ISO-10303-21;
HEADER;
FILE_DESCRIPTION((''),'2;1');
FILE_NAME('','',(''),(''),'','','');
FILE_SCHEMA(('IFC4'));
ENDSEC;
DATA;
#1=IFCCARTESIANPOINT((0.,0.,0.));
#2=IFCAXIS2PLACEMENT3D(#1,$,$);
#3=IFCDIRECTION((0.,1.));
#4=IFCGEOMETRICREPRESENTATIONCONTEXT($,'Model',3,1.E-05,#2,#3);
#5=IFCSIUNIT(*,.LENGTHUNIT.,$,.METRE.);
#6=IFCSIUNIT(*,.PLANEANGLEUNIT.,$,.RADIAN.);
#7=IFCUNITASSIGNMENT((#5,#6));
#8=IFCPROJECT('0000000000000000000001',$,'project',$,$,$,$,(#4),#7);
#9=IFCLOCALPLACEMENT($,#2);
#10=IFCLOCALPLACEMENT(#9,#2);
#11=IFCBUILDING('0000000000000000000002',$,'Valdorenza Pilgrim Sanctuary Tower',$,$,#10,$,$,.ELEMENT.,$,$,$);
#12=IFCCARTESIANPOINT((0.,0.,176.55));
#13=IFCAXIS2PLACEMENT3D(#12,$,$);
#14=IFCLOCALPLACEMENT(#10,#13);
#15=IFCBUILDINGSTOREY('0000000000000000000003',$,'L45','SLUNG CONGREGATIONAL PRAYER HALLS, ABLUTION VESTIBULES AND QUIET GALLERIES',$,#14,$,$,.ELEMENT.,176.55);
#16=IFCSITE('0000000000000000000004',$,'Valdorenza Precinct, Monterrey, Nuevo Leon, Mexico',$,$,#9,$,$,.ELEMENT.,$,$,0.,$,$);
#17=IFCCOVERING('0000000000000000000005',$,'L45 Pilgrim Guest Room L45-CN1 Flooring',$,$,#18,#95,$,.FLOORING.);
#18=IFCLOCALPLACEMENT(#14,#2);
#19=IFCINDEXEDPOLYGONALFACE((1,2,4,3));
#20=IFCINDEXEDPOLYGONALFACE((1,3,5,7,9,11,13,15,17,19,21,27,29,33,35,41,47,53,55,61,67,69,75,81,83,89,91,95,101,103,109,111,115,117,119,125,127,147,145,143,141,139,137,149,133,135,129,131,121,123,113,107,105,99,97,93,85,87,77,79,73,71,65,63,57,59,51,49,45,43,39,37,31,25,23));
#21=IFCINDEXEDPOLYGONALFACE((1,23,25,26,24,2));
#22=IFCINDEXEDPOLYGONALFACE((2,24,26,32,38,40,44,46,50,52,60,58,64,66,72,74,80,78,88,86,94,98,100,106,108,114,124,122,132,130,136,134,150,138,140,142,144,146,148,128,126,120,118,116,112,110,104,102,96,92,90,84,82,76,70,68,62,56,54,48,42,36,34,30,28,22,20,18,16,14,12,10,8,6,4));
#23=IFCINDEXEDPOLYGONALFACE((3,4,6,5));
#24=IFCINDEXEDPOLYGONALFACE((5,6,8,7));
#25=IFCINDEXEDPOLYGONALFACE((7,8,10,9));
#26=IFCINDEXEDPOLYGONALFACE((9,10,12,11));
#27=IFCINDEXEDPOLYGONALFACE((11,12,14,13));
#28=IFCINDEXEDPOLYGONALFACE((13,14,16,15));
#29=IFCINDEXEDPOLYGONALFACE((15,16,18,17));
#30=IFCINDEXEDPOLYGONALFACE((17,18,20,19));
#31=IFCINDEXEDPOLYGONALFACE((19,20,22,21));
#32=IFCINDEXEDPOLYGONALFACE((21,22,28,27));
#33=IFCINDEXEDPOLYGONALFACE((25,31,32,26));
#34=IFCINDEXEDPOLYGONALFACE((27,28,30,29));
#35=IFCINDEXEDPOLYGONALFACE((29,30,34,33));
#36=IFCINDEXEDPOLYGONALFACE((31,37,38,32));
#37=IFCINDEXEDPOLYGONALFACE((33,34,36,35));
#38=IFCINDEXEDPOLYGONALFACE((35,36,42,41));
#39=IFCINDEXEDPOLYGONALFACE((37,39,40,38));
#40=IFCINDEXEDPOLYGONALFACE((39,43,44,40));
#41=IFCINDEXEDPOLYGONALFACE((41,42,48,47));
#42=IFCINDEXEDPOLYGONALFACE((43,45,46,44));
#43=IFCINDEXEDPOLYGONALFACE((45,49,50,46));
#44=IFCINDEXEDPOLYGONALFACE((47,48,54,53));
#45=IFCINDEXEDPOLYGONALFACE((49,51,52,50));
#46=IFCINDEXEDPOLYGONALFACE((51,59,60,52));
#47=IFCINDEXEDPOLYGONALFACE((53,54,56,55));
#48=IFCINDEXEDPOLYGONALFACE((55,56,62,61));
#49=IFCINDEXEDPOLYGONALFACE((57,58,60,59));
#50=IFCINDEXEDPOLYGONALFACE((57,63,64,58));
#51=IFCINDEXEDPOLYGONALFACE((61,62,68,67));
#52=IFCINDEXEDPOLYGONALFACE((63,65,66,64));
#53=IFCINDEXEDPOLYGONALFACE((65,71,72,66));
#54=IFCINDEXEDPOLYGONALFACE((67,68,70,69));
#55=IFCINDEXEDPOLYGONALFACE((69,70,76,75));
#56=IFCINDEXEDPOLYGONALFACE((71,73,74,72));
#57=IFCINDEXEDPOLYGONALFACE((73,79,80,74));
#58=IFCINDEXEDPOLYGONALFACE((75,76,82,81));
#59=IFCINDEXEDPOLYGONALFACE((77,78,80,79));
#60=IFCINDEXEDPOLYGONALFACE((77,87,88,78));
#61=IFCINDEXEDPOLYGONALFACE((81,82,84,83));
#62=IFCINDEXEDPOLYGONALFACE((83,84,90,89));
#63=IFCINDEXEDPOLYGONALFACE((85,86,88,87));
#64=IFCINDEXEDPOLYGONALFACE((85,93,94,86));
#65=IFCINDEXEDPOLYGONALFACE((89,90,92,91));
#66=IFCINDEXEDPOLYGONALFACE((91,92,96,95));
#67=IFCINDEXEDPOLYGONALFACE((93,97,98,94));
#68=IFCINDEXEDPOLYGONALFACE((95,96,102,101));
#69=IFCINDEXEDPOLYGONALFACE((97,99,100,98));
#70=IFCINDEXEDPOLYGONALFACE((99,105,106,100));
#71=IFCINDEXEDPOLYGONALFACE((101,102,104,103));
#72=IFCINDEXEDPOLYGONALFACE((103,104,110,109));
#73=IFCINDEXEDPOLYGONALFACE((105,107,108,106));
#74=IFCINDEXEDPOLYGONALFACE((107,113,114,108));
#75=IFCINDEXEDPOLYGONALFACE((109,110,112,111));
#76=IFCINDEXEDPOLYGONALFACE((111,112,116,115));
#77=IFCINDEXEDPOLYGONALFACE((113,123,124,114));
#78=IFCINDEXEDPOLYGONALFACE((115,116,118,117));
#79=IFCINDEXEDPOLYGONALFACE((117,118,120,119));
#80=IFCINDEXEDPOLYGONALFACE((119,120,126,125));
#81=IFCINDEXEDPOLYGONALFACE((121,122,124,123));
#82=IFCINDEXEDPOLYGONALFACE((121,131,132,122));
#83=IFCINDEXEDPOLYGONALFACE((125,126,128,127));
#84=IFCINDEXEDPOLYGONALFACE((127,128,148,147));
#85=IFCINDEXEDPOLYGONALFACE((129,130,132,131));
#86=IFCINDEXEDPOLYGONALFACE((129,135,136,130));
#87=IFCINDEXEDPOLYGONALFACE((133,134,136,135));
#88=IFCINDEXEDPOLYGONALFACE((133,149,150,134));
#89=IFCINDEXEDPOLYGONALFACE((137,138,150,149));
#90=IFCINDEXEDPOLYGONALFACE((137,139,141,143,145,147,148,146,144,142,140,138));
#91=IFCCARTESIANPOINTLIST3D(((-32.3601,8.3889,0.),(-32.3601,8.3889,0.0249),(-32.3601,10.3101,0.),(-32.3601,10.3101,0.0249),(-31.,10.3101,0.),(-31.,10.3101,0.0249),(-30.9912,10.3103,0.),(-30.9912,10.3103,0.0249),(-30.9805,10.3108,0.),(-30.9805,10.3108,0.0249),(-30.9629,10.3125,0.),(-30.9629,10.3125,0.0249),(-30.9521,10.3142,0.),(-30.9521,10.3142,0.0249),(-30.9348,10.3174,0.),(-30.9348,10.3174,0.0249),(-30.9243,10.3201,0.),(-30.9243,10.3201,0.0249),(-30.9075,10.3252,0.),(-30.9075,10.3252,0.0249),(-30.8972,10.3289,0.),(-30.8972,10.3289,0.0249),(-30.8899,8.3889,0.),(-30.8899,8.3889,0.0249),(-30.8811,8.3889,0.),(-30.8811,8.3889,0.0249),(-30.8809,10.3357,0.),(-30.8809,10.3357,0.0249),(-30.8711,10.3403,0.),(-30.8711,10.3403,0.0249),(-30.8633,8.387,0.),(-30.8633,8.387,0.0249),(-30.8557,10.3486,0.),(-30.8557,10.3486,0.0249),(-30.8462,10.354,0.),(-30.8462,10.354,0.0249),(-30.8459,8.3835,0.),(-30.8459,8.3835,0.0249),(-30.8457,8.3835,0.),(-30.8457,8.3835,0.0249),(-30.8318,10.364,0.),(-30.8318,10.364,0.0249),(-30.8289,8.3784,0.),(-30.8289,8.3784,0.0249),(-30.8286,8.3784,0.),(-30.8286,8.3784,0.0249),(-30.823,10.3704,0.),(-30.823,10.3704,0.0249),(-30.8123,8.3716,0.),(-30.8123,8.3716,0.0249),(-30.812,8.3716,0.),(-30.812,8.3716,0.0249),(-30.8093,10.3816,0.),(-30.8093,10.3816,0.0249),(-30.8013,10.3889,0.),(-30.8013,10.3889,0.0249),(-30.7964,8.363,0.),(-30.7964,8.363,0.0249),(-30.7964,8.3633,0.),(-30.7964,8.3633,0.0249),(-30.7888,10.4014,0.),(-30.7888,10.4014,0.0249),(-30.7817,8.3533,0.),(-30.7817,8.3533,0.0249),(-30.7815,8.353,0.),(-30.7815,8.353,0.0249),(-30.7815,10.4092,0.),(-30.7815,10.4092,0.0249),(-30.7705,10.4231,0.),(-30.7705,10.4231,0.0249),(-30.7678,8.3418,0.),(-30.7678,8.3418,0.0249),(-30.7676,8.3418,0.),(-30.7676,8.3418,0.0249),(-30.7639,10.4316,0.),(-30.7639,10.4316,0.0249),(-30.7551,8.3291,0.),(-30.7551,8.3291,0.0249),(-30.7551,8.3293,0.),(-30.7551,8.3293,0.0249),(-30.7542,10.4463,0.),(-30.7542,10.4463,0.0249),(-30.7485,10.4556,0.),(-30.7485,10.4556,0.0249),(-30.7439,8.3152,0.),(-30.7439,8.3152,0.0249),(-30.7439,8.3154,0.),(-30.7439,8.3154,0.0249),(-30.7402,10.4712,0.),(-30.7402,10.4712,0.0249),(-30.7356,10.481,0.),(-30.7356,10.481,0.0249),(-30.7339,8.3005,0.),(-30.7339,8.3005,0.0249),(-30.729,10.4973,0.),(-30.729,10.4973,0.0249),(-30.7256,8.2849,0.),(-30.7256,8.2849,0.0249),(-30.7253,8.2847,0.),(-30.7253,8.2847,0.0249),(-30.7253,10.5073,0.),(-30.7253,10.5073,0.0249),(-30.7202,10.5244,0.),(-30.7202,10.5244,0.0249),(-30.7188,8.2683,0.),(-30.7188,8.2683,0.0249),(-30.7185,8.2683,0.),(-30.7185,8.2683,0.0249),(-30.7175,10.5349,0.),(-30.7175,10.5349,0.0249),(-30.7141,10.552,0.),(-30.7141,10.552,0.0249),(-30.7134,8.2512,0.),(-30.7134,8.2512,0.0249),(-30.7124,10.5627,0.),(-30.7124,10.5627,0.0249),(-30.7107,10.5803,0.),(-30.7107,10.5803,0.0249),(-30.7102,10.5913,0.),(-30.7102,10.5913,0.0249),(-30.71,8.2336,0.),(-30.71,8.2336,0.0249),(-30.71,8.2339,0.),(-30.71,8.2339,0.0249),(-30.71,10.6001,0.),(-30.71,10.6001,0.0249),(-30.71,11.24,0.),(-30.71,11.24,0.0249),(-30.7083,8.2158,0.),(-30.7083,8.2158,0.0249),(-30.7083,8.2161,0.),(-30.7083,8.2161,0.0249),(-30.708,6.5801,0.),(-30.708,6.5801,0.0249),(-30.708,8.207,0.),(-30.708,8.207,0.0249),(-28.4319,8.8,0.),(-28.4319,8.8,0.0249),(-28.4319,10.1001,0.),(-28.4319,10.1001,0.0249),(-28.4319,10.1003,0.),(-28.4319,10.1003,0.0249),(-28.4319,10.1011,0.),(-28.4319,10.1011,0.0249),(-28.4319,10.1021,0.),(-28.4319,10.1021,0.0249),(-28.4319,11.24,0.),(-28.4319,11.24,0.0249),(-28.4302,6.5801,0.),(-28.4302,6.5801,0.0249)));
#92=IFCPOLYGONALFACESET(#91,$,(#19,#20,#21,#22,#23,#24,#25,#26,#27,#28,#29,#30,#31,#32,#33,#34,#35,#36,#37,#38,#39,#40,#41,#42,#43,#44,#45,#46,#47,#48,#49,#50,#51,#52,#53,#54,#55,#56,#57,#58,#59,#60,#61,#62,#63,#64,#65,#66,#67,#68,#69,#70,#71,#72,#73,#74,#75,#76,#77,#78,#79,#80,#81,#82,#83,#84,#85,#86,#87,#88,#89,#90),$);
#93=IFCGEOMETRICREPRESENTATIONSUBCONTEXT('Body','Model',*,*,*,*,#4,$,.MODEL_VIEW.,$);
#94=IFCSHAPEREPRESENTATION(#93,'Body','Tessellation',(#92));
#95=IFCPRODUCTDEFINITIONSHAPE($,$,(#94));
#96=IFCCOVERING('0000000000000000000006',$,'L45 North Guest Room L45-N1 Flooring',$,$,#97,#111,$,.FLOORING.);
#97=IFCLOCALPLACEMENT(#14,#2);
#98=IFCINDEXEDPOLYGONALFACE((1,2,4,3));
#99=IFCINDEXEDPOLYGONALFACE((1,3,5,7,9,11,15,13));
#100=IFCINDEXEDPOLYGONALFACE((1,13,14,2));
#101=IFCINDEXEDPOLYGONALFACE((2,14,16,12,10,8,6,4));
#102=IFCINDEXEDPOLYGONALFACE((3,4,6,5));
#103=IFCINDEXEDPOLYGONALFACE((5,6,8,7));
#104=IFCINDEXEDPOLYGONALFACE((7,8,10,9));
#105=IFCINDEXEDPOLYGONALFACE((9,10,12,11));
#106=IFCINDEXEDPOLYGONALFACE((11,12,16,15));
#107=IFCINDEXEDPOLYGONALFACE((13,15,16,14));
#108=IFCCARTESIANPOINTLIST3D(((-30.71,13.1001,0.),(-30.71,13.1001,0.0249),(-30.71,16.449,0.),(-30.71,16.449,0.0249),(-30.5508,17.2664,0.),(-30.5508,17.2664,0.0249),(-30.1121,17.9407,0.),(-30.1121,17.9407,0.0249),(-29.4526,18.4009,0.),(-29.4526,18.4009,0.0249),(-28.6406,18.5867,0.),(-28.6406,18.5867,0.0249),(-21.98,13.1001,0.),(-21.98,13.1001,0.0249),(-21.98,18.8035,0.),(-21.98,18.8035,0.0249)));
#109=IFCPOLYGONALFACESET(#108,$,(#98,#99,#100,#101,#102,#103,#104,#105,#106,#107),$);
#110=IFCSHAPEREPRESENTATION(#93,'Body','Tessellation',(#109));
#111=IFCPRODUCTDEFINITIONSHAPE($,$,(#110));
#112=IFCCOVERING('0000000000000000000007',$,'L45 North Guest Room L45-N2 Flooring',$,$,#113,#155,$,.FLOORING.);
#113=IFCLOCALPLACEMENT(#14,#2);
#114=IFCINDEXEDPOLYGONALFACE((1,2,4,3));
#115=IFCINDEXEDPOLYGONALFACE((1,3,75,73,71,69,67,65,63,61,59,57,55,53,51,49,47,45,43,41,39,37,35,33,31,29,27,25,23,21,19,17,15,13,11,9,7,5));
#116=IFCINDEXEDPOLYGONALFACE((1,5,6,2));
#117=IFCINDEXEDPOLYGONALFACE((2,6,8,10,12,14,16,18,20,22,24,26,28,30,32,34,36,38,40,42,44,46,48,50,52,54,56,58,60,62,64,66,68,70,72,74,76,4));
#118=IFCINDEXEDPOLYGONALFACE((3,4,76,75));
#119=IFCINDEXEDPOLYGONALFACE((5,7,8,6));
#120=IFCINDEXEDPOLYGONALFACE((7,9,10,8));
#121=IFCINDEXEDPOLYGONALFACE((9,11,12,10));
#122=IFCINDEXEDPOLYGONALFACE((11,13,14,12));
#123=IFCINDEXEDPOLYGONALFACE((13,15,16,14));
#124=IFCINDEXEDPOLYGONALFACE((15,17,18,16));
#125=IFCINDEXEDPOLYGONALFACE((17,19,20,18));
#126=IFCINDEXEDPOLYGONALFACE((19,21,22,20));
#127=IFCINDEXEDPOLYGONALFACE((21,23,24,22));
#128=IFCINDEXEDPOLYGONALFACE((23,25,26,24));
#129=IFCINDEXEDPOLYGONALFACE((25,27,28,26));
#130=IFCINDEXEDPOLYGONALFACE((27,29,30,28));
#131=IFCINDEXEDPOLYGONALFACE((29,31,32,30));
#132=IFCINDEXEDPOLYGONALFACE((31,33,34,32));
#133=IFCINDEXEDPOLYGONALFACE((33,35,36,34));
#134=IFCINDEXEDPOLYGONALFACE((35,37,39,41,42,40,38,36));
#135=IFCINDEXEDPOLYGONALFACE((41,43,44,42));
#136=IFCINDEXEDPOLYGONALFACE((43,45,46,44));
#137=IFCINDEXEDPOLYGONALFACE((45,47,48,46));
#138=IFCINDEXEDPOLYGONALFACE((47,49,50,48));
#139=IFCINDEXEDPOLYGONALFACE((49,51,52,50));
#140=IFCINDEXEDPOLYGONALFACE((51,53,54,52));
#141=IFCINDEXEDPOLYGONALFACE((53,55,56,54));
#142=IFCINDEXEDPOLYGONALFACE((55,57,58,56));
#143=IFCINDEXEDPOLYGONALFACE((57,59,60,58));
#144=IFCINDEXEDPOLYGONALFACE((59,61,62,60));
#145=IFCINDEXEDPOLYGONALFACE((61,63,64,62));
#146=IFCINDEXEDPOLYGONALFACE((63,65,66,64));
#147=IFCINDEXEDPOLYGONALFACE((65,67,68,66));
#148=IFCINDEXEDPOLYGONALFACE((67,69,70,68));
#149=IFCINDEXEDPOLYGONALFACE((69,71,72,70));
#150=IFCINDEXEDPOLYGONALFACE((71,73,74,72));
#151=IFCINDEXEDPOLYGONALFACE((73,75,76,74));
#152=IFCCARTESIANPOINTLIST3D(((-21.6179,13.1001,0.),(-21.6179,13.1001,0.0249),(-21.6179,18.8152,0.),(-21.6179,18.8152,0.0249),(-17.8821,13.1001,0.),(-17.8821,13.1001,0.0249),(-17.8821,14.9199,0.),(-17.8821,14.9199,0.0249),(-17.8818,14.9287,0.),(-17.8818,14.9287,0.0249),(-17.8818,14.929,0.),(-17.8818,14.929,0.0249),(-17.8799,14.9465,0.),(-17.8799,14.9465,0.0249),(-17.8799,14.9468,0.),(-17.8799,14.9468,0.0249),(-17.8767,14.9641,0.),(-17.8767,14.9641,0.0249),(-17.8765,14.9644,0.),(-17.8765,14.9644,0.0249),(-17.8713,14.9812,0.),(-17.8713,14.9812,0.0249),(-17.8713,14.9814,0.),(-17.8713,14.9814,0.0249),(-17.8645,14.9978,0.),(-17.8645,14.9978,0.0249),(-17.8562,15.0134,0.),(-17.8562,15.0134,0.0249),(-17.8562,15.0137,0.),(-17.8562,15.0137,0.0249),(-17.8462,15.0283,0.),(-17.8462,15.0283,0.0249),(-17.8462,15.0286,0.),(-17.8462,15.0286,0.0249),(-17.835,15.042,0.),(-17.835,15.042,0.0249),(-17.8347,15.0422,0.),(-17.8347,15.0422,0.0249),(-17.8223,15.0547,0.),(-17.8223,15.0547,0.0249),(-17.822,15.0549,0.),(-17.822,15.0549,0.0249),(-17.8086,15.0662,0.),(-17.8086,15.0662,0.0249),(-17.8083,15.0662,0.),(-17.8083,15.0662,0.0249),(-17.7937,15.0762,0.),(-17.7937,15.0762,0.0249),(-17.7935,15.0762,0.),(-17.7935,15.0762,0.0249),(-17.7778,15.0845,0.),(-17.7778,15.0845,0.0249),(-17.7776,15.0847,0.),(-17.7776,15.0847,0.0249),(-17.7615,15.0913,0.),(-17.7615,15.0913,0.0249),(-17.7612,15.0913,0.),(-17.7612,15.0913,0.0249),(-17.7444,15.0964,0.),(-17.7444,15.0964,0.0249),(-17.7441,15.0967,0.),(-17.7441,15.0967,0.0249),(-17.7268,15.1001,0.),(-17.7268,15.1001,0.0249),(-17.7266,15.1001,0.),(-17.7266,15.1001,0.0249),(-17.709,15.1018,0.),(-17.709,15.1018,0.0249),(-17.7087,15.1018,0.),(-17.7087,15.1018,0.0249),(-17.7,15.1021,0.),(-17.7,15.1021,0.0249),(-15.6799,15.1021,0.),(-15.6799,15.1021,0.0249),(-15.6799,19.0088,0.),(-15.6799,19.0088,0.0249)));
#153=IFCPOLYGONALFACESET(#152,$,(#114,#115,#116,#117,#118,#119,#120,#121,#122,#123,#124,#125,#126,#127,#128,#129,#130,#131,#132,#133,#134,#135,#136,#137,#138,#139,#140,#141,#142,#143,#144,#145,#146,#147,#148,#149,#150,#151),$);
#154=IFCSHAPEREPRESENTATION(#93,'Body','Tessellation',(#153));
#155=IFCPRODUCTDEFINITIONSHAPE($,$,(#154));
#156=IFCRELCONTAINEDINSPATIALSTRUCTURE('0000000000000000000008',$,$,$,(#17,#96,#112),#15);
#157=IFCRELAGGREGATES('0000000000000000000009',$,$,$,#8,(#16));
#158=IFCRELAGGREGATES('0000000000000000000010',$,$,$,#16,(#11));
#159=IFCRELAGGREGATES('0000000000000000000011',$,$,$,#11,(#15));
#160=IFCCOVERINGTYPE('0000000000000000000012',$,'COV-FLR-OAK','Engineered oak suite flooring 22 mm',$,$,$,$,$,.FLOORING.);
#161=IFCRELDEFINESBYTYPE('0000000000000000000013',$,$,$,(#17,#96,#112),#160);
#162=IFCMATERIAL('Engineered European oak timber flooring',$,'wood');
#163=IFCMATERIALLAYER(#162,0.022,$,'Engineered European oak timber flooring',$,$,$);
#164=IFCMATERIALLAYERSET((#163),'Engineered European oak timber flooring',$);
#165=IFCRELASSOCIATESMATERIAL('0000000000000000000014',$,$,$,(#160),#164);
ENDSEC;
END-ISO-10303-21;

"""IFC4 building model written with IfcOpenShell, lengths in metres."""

from ifc_helpers import new_model, si_unit, direction, frame, origin, place, context, subcontext, project, spatial, polyline, outline, extrude, material, layer, layer_set, type_object, element, save


model = new_model("IFC4")

# Units and contexts
model_context = context("Model", 3, precision=1e-05, world=origin(), true_north=direction((0.0, 1.0)))
body_context = subcontext(model_context, "Body", "Model", "MODEL_VIEW")
ifc_project = project(units=[si_unit("LENGTHUNIT", "METRE"), si_unit("PLANEANGLEUNIT", "RADIAN")], contexts=[model_context])

# Site, building, storey
site_placement = place(None, origin())
site = spatial("IfcSite", under=ifc_project, at=site_placement, Name="Valdorenza Precinct, Monterrey, Nuevo Leon, Mexico", CompositionType="ELEMENT", RefElevation=0.0)
building_placement = place(site_placement, origin())
building = spatial("IfcBuilding", under=site, at=building_placement, Name="Valdorenza Pilgrim Sanctuary Tower", CompositionType="ELEMENT")
storey_placement = place(building_placement, frame((0.0, 0.0, 176.55)))
storey = spatial("IfcBuildingStorey", under=building, at=storey_placement, Name="L45", Description="SLUNG CONGREGATIONAL PRAYER HALLS, ABLUTION VESTIBULES AND QUIET GALLERIES", CompositionType="ELEMENT", Elevation=176.55)

# Coverings
ifc_material_1 = material(Name="Engineered European oak timber flooring", Category="wood")
ifc_layer_1 = layer(ifc_material_1, 0.022, Name="Engineered European oak timber flooring")
ifc_layer_set_1 = layer_set([ifc_layer_1], Name="Engineered European oak timber flooring")
covering_type_1 = type_object("IfcCoveringType", Name="COV-FLR-OAK", Description="Engineered oak suite flooring 22 mm", PredefinedType="FLOORING", material=ifc_layer_set_1)
covering_1_placement = place(storey_placement, origin())
element("IfcCovering", 1, at=covering_1_placement, inside=storey, type_object=covering_type_1, Name="L45 Pilgrim Guest Room L45-CN1 Flooring", PredefinedType="FLOORING", context=body_context, shape_type="SweptSolid", body=[
    extrude(outline(polyline([(-28.4319, 11.24), (-28.4319, 10.1021), (-28.4319, 10.1011), (-28.4319, 10.1003), (-28.4319, 10.1001), (-28.4319, 8.8), (-28.4302, 6.5801), (-30.708, 6.5801), (-30.708, 8.207), (-30.7083, 8.2158), (-30.7083, 8.2161), (-30.71, 8.2336), (-30.71, 8.2339), (-30.7134, 8.2512), (-30.7134, 8.2512), (-30.7185, 8.2683), (-30.7188, 8.2683), (-30.7253, 8.2847), (-30.7256, 8.2849), (-30.7339, 8.3005), (-30.7339, 8.3005), (-30.7439, 8.3152), (-30.7439, 8.3154), (-30.7551, 8.3291), (-30.7551, 8.3293), (-30.7676, 8.3418), (-30.7678, 8.3418), (-30.7815, 8.353), (-30.7817, 8.3533), (-30.7964, 8.363), (-30.7964, 8.3633), (-30.812, 8.3716), (-30.8123, 8.3716), (-30.8286, 8.3784), (-30.8289, 8.3784), (-30.8457, 8.3835), (-30.8459, 8.3835), (-30.8633, 8.387), (-30.8633, 8.387), (-30.8811, 8.3889), (-30.8811, 8.3889), (-30.8899, 8.3889), (-32.3601, 8.3889), (-32.3601, 10.3101), (-31.0, 10.3101), (-30.9912, 10.3103), (-30.9805, 10.3108), (-30.9629, 10.3125), (-30.9521, 10.3142), (-30.9348, 10.3174), (-30.9243, 10.3201), (-30.9075, 10.3252), (-30.8972, 10.3289), (-30.8809, 10.3357), (-30.8711, 10.3403), (-30.8557, 10.3486), (-30.8462, 10.354), (-30.8318, 10.364), (-30.823, 10.3704), (-30.8093, 10.3816), (-30.8013, 10.3889), (-30.7888, 10.4014), (-30.7815, 10.4092), (-30.7705, 10.4231), (-30.7639, 10.4316), (-30.7542, 10.4463), (-30.7485, 10.4556), (-30.7402, 10.4712), (-30.7356, 10.481), (-30.729, 10.4973), (-30.7253, 10.5073), (-30.7202, 10.5244), (-30.7175, 10.5349), (-30.7141, 10.552), (-30.7124, 10.5627), (-30.7107, 10.5803), (-30.7102, 10.5913), (-30.71, 10.6001), (-30.71, 11.24), (-28.4319, 11.24)])), origin(), (0.0, 0.0, 1.0), 0.0249),
])
covering_2_placement = place(storey_placement, origin())
element("IfcCovering", 2, at=covering_2_placement, inside=storey, type_object=covering_type_1, Name="L45 North Guest Room L45-N1 Flooring", PredefinedType="FLOORING", context=body_context, shape_type="SweptSolid", body=[
    extrude(outline(polyline([(-30.5508, 17.2664), (-30.1121, 17.9407), (-29.4526, 18.4009), (-28.6406, 18.5867), (-21.98, 18.8035), (-21.98, 13.1001), (-30.71, 13.1001), (-30.71, 16.449), (-30.5508, 17.2664)])), origin(), (0.0, 0.0, 1.0), 0.0249),
])
covering_3_placement = place(storey_placement, origin())
element("IfcCovering", 3, at=covering_3_placement, inside=storey, type_object=covering_type_1, Name="L45 North Guest Room L45-N2 Flooring", PredefinedType="FLOORING", context=body_context, shape_type="SweptSolid", body=[
    extrude(outline(polyline([(-15.6799, 19.0088), (-15.6799, 15.1021), (-17.7, 15.1021), (-17.7087, 15.1018), (-17.709, 15.1018), (-17.7266, 15.1001), (-17.7268, 15.1001), (-17.7441, 15.0967), (-17.7444, 15.0964), (-17.7612, 15.0913), (-17.7615, 15.0913), (-17.7776, 15.0847), (-17.7778, 15.0845), (-17.7935, 15.0762), (-17.7937, 15.0762), (-17.8083, 15.0662), (-17.8086, 15.0662), (-17.822, 15.0549), (-17.8223, 15.0547), (-17.8347, 15.0422), (-17.835, 15.042), (-17.8462, 15.0286), (-17.8462, 15.0283), (-17.8562, 15.0137), (-17.8562, 15.0134), (-17.8645, 14.9978), (-17.8645, 14.9978), (-17.8713, 14.9814), (-17.8713, 14.9812), (-17.8765, 14.9644), (-17.8767, 14.9641), (-17.8799, 14.9468), (-17.8799, 14.9465), (-17.8818, 14.929), (-17.8818, 14.9287), (-17.8821, 14.9199), (-17.8821, 13.1001), (-21.6179, 13.1001), (-21.6179, 18.8152), (-15.6799, 19.0088)])), origin(), (0.0, 0.0, 1.0), 0.0249),
])

save(model, "model.ifc")
